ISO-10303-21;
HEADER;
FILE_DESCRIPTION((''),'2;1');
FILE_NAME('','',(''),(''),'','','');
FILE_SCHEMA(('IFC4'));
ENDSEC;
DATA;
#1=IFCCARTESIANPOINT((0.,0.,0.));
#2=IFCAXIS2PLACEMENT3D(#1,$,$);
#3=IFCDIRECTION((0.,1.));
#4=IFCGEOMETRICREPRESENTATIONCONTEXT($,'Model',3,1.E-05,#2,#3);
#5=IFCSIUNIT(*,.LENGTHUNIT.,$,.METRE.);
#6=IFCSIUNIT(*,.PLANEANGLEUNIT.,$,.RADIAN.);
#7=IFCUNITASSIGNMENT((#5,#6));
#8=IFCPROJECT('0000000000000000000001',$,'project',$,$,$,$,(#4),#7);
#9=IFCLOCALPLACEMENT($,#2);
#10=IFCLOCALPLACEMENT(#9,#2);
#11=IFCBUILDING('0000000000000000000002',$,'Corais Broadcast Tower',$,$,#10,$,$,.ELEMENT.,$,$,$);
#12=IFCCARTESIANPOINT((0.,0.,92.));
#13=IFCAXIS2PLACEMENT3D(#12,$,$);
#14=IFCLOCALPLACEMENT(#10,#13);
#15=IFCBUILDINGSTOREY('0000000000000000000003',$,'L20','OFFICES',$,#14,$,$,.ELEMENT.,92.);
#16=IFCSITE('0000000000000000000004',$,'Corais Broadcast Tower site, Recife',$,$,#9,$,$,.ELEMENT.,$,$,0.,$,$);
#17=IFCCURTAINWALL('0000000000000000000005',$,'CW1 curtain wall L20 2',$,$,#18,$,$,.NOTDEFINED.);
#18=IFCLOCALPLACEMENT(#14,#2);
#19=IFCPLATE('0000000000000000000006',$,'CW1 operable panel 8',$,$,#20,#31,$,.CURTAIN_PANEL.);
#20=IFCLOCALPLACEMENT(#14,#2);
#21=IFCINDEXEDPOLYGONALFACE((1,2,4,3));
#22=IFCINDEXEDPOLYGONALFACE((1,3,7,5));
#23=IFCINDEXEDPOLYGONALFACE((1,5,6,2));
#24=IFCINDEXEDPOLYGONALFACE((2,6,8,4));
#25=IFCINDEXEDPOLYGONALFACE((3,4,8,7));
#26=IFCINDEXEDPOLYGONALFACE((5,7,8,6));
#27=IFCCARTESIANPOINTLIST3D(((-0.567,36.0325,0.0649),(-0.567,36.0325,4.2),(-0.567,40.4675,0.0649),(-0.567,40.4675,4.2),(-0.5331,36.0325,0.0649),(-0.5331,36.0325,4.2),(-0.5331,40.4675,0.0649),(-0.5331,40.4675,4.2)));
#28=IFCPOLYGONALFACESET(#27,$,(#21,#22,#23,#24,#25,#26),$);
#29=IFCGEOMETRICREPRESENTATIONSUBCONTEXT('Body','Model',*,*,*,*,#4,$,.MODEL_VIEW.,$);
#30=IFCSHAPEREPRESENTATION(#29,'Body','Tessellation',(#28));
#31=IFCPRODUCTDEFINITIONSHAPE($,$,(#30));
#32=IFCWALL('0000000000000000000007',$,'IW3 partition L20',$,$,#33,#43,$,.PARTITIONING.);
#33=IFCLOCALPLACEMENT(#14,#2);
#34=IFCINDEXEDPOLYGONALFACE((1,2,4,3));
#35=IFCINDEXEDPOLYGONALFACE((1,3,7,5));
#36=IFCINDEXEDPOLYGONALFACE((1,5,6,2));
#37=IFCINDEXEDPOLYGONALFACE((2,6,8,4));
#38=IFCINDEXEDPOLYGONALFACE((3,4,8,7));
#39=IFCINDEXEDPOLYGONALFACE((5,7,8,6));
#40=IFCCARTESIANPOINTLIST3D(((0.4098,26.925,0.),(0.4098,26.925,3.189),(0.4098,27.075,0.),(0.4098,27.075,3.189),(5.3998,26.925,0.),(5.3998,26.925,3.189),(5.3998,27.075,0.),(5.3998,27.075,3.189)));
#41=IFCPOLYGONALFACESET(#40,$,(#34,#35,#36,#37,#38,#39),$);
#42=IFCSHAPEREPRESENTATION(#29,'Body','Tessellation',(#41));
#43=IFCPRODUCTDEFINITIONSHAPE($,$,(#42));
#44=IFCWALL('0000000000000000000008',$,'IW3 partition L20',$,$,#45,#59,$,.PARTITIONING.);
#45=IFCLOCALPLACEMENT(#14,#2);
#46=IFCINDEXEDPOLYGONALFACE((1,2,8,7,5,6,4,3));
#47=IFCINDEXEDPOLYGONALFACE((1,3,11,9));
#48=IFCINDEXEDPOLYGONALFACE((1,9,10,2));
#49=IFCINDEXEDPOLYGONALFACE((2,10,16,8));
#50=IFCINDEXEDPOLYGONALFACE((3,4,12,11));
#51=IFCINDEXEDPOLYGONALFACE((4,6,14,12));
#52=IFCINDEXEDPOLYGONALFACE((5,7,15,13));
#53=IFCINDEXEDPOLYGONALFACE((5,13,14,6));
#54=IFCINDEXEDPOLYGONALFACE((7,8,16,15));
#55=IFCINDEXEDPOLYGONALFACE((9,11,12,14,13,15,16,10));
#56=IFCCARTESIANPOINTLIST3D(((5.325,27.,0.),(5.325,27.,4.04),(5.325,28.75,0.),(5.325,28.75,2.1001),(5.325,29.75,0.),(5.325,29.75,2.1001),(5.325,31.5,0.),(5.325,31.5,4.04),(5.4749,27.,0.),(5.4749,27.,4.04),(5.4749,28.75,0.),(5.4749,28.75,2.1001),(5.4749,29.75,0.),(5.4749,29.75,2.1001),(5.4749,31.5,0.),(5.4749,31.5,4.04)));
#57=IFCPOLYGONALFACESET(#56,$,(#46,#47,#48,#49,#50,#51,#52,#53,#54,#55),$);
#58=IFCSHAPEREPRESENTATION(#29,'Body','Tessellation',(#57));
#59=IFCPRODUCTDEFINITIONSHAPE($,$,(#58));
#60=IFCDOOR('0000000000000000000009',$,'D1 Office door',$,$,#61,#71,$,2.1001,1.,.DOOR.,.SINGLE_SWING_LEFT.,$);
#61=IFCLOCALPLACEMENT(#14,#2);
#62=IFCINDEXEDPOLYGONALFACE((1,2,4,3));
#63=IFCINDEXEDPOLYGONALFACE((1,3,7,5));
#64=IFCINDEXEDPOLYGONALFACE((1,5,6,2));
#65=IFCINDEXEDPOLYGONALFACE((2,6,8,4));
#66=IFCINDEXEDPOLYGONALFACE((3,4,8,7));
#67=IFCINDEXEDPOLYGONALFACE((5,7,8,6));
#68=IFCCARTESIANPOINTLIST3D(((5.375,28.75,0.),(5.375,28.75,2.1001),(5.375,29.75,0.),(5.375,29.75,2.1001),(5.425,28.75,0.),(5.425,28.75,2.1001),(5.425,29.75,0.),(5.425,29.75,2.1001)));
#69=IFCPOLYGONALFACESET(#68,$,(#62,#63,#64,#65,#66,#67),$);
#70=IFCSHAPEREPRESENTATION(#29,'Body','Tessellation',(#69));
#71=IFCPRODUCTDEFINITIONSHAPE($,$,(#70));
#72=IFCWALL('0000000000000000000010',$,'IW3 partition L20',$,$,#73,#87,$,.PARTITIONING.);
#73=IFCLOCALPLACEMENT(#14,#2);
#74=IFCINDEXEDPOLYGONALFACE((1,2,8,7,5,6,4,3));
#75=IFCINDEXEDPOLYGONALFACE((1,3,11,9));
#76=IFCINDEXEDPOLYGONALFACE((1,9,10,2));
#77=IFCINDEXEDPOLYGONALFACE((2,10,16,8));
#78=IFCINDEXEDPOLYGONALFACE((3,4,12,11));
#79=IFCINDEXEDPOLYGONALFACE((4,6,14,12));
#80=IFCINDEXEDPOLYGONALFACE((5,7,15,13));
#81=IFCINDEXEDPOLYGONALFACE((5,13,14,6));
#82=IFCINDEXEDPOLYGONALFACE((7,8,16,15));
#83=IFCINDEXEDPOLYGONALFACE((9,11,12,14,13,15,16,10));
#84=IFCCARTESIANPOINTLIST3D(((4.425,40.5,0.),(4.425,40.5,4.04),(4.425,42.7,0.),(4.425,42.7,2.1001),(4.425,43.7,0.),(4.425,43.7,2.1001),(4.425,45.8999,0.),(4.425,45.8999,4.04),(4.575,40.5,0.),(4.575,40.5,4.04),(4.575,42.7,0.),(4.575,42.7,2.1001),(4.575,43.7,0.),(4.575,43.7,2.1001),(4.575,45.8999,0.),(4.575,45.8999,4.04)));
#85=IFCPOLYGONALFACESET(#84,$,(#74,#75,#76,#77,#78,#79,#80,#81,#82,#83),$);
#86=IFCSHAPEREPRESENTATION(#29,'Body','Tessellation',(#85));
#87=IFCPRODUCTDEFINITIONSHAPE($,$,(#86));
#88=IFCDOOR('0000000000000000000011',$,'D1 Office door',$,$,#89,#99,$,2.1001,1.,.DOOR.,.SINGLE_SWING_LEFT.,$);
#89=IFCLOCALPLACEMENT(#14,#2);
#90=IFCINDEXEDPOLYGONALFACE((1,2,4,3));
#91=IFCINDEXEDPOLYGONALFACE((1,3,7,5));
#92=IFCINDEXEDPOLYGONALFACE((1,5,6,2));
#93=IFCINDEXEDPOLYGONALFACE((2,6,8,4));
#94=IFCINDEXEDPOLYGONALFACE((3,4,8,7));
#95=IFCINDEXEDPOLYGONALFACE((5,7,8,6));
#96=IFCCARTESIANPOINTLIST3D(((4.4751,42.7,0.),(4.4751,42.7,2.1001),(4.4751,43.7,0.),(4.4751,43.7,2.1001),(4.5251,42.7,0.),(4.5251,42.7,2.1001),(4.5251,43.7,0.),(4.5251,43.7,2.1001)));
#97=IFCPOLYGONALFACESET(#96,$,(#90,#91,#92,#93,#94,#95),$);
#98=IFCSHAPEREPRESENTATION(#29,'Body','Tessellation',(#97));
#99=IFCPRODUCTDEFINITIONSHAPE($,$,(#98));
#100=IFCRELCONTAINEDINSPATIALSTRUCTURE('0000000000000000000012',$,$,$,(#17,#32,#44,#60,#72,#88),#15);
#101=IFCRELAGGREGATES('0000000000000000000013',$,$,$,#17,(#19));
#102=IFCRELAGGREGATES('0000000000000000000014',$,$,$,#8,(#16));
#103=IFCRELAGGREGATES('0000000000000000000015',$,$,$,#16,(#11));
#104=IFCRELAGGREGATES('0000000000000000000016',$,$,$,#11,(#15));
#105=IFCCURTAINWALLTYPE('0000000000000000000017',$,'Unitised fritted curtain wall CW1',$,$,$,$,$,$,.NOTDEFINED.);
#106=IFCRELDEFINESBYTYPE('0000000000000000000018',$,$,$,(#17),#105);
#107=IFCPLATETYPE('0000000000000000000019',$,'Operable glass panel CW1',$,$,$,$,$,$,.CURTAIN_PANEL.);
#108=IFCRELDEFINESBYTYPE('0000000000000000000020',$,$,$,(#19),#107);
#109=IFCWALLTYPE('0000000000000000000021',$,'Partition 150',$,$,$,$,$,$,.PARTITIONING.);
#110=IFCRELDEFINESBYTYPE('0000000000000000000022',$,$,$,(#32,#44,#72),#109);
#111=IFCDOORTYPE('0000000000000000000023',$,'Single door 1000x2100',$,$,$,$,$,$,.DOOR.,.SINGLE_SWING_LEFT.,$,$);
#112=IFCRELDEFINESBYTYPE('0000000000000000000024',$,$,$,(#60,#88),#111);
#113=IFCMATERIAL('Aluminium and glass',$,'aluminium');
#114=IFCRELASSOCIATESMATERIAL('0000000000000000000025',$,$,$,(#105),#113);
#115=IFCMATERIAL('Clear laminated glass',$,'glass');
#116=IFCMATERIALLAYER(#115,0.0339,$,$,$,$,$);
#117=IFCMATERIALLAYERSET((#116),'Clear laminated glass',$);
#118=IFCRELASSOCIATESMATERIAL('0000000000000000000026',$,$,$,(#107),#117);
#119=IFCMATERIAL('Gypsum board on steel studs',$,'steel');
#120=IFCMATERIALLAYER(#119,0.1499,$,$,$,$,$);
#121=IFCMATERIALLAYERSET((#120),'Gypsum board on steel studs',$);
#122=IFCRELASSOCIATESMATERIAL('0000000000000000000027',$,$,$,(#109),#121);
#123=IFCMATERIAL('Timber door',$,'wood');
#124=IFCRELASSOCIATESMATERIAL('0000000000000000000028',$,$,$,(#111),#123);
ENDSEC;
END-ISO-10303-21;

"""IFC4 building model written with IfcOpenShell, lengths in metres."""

from ifc_helpers import new_model, si_unit, direction, frame, frame_2d, origin, origin_2d, place, context, subcontext, project, spatial, rectangle, extrude, material, layer, layer_set, type_object, element, fill, aggregate, save


model = new_model("IFC4")

# Units and contexts
model_context = context("Model", 3, precision=1e-05, world=origin(), true_north=direction((0.0, 1.0)))
body_context = subcontext(model_context, "Body", "Model", "MODEL_VIEW")
ifc_project = project(units=[si_unit("LENGTHUNIT", "METRE"), si_unit("PLANEANGLEUNIT", "RADIAN")], contexts=[model_context])

# Site, building, storey
site_placement = place(None, origin())
site = spatial("IfcSite", under=ifc_project, at=site_placement, Name="Corais Broadcast Tower site, Recife", CompositionType="ELEMENT", RefElevation=0.0)
building_placement = place(site_placement, origin())
building = spatial("IfcBuilding", under=site, at=building_placement, Name="Corais Broadcast Tower", CompositionType="ELEMENT")
storey_placement = place(building_placement, frame((0.0, 0.0, 92.0)))
storey = spatial("IfcBuildingStorey", under=building, at=storey_placement, Name="L20", Description="OFFICES", CompositionType="ELEMENT", Elevation=92.0)

# Curtain wall
ifc_material_1 = material(Name="Aluminium and glass", Category="aluminium")
curtain_wall_type = type_object("IfcCurtainWallType", Name="Unitised fritted curtain wall CW1", PredefinedType="NOTDEFINED", material=ifc_material_1)
curtain_wall_placement = place(storey_placement, origin())
curtain_wall = element("IfcCurtainWall", 1, at=curtain_wall_placement, inside=storey, type_object=curtain_wall_type, Name="CW1 curtain wall L20 2", PredefinedType="NOTDEFINED")

# Plate
ifc_material_2 = material(Name="Clear laminated glass", Category="glass")
ifc_layer_1 = layer(ifc_material_2, 0.0339)
ifc_layer_set_1 = layer_set([ifc_layer_1], Name="Clear laminated glass")
plate_type_1 = type_object("IfcPlateType", Name="Operable glass panel CW1", PredefinedType="CURTAIN_PANEL", material=ifc_layer_set_1)
plate_1_placement = place(storey_placement, frame((-0.55, 38.25, 0.0649), z_axis=(0.0, 0.0, 1.0), x_axis=(0.0, 1.0, 0.0)))
plate_1 = element("IfcPlate", 2, at=plate_1_placement, type_object=plate_type_1, Name="CW1 operable panel 8", PredefinedType="CURTAIN_PANEL", context=body_context, shape_type="SweptSolid", body=[
    extrude(rectangle(XDim=4.4351, YDim=0.0339, at=origin_2d()), origin(), (0.0, 0.0, 1.0), 4.135),
])
aggregate(curtain_wall, [plate_1])

# Wall
ifc_material_3 = material(Name="Gypsum board on steel studs", Category="steel")
ifc_layer_2 = layer(ifc_material_3, 0.1499)
ifc_layer_set_2 = layer_set([ifc_layer_2], Name="Gypsum board on steel studs")
wall_type = type_object("IfcWallType", Name="Partition 150", PredefinedType="PARTITIONING", material=ifc_layer_set_2)
wall_1_placement = place(storey_placement, frame((5.3999, 27.0, 0.0), z_axis=(0.0, 0.0, 1.0), x_axis=(-1.0, 0.0, 0.0)))
element("IfcWall", 3, at=wall_1_placement, inside=storey, type_object=wall_type, Name="IW3 partition L20", PredefinedType="PARTITIONING", context=body_context, shape_type="SweptSolid", body=[
    extrude(rectangle(XDim=4.99, YDim=0.1499, at=frame_2d((2.4951, 0.0))), origin(), (0.0, 0.0, 1.0), 3.189),
])

# Walls, openings, doors
wall_2_placement = place(storey_placement, frame((5.3999, 27.0, 0.0), z_axis=(0.0, 0.0, 1.0), x_axis=(0.0, 1.0, 0.0)))
wall_2 = element("IfcWall", 4, at=wall_2_placement, inside=storey, type_object=wall_type, Name="IW3 partition L20", PredefinedType="PARTITIONING", context=body_context, shape_type="SweptSolid", body=[
    extrude(rectangle(XDim=4.5, YDim=0.1499, at=frame_2d((2.25, 0.0))), origin(), (0.0, 0.0, 1.0), 4.04),
])
opening_1_placement = place(wall_2_placement, frame((1.75, 0.0, 0.0)))
opening_1 = element("IfcOpeningElement", 5, at=opening_1_placement, cuts=wall_2, PredefinedType="OPENING", context=body_context, shape_type="SweptSolid", body=[
    extrude(rectangle(XDim=1.0, YDim=2.1001, at=frame_2d((0.5, 1.05))), frame((0.0, 0.085, 0.0), z_axis=(0.0, -1.0, 0.0), x_axis=(1.0, 0.0, 0.0)), (0.0, 0.0, 1.0), 0.1699),
])
ifc_material_4 = material(Name="Timber door", Category="wood")
door_type = type_object("IfcDoorType", Name="Single door 1000x2100", OperationType="SINGLE_SWING_LEFT", PredefinedType="DOOR", material=ifc_material_4)
door_1_placement = place(opening_1_placement, origin())
door_1 = element("IfcDoor", 6, at=door_1_placement, inside=storey, type_object=door_type, Name="D1 Office door", OperationType="SINGLE_SWING_LEFT", OverallHeight=2.1001, OverallWidth=1.0, PredefinedType="DOOR", context=body_context, shape_type="SweptSolid", body=[
    extrude(rectangle(XDim=1.0, YDim=2.1001, at=frame_2d((0.5, 1.05))), frame((0.0, 0.0249, 0.0), z_axis=(0.0, -1.0, 0.0), x_axis=(1.0, 0.0, 0.0)), (0.0, 0.0, 1.0), 0.05),
])
fill(opening_1, door_1)
wall_3_placement = place(storey_placement, frame((4.5, 40.5, 0.0), z_axis=(0.0, 0.0, 1.0), x_axis=(0.0, 1.0, 0.0)))
wall_3 = element("IfcWall", 7, at=wall_3_placement, inside=storey, type_object=wall_type, Name="IW3 partition L20", PredefinedType="PARTITIONING", context=body_context, shape_type="SweptSolid", body=[
    extrude(rectangle(XDim=5.3999, YDim=0.1499, at=frame_2d((2.7, 0.0))), origin(), (0.0, 0.0, 1.0), 4.04),
])
opening_2_placement = place(wall_3_placement, frame((2.2, 0.0, 0.0)))
opening_2 = element("IfcOpeningElement", 8, at=opening_2_placement, cuts=wall_3, PredefinedType="OPENING", context=body_context, shape_type="SweptSolid", body=[
    extrude(rectangle(XDim=1.0, YDim=2.1001, at=frame_2d((0.5, 1.05))), frame((0.0, 0.085, 0.0), z_axis=(0.0, -1.0, 0.0), x_axis=(1.0, 0.0, 0.0)), (0.0, 0.0, 1.0), 0.1699),
])
door_2_placement = place(opening_2_placement, origin())
door_2 = element("IfcDoor", 9, at=door_2_placement, inside=storey, type_object=door_type, Name="D1 Office door", OperationType="SINGLE_SWING_LEFT", OverallHeight=2.1001, OverallWidth=1.0, PredefinedType="DOOR", context=body_context, shape_type="SweptSolid", body=[
    extrude(rectangle(XDim=1.0, YDim=2.1001, at=frame_2d((0.5, 1.05))), frame((0.0, 0.0249, 0.0), z_axis=(0.0, -1.0, 0.0), x_axis=(1.0, 0.0, 0.0)), (0.0, 0.0, 1.0), 0.05),
])
fill(opening_2, door_2)

save(model, "model.ifc")
